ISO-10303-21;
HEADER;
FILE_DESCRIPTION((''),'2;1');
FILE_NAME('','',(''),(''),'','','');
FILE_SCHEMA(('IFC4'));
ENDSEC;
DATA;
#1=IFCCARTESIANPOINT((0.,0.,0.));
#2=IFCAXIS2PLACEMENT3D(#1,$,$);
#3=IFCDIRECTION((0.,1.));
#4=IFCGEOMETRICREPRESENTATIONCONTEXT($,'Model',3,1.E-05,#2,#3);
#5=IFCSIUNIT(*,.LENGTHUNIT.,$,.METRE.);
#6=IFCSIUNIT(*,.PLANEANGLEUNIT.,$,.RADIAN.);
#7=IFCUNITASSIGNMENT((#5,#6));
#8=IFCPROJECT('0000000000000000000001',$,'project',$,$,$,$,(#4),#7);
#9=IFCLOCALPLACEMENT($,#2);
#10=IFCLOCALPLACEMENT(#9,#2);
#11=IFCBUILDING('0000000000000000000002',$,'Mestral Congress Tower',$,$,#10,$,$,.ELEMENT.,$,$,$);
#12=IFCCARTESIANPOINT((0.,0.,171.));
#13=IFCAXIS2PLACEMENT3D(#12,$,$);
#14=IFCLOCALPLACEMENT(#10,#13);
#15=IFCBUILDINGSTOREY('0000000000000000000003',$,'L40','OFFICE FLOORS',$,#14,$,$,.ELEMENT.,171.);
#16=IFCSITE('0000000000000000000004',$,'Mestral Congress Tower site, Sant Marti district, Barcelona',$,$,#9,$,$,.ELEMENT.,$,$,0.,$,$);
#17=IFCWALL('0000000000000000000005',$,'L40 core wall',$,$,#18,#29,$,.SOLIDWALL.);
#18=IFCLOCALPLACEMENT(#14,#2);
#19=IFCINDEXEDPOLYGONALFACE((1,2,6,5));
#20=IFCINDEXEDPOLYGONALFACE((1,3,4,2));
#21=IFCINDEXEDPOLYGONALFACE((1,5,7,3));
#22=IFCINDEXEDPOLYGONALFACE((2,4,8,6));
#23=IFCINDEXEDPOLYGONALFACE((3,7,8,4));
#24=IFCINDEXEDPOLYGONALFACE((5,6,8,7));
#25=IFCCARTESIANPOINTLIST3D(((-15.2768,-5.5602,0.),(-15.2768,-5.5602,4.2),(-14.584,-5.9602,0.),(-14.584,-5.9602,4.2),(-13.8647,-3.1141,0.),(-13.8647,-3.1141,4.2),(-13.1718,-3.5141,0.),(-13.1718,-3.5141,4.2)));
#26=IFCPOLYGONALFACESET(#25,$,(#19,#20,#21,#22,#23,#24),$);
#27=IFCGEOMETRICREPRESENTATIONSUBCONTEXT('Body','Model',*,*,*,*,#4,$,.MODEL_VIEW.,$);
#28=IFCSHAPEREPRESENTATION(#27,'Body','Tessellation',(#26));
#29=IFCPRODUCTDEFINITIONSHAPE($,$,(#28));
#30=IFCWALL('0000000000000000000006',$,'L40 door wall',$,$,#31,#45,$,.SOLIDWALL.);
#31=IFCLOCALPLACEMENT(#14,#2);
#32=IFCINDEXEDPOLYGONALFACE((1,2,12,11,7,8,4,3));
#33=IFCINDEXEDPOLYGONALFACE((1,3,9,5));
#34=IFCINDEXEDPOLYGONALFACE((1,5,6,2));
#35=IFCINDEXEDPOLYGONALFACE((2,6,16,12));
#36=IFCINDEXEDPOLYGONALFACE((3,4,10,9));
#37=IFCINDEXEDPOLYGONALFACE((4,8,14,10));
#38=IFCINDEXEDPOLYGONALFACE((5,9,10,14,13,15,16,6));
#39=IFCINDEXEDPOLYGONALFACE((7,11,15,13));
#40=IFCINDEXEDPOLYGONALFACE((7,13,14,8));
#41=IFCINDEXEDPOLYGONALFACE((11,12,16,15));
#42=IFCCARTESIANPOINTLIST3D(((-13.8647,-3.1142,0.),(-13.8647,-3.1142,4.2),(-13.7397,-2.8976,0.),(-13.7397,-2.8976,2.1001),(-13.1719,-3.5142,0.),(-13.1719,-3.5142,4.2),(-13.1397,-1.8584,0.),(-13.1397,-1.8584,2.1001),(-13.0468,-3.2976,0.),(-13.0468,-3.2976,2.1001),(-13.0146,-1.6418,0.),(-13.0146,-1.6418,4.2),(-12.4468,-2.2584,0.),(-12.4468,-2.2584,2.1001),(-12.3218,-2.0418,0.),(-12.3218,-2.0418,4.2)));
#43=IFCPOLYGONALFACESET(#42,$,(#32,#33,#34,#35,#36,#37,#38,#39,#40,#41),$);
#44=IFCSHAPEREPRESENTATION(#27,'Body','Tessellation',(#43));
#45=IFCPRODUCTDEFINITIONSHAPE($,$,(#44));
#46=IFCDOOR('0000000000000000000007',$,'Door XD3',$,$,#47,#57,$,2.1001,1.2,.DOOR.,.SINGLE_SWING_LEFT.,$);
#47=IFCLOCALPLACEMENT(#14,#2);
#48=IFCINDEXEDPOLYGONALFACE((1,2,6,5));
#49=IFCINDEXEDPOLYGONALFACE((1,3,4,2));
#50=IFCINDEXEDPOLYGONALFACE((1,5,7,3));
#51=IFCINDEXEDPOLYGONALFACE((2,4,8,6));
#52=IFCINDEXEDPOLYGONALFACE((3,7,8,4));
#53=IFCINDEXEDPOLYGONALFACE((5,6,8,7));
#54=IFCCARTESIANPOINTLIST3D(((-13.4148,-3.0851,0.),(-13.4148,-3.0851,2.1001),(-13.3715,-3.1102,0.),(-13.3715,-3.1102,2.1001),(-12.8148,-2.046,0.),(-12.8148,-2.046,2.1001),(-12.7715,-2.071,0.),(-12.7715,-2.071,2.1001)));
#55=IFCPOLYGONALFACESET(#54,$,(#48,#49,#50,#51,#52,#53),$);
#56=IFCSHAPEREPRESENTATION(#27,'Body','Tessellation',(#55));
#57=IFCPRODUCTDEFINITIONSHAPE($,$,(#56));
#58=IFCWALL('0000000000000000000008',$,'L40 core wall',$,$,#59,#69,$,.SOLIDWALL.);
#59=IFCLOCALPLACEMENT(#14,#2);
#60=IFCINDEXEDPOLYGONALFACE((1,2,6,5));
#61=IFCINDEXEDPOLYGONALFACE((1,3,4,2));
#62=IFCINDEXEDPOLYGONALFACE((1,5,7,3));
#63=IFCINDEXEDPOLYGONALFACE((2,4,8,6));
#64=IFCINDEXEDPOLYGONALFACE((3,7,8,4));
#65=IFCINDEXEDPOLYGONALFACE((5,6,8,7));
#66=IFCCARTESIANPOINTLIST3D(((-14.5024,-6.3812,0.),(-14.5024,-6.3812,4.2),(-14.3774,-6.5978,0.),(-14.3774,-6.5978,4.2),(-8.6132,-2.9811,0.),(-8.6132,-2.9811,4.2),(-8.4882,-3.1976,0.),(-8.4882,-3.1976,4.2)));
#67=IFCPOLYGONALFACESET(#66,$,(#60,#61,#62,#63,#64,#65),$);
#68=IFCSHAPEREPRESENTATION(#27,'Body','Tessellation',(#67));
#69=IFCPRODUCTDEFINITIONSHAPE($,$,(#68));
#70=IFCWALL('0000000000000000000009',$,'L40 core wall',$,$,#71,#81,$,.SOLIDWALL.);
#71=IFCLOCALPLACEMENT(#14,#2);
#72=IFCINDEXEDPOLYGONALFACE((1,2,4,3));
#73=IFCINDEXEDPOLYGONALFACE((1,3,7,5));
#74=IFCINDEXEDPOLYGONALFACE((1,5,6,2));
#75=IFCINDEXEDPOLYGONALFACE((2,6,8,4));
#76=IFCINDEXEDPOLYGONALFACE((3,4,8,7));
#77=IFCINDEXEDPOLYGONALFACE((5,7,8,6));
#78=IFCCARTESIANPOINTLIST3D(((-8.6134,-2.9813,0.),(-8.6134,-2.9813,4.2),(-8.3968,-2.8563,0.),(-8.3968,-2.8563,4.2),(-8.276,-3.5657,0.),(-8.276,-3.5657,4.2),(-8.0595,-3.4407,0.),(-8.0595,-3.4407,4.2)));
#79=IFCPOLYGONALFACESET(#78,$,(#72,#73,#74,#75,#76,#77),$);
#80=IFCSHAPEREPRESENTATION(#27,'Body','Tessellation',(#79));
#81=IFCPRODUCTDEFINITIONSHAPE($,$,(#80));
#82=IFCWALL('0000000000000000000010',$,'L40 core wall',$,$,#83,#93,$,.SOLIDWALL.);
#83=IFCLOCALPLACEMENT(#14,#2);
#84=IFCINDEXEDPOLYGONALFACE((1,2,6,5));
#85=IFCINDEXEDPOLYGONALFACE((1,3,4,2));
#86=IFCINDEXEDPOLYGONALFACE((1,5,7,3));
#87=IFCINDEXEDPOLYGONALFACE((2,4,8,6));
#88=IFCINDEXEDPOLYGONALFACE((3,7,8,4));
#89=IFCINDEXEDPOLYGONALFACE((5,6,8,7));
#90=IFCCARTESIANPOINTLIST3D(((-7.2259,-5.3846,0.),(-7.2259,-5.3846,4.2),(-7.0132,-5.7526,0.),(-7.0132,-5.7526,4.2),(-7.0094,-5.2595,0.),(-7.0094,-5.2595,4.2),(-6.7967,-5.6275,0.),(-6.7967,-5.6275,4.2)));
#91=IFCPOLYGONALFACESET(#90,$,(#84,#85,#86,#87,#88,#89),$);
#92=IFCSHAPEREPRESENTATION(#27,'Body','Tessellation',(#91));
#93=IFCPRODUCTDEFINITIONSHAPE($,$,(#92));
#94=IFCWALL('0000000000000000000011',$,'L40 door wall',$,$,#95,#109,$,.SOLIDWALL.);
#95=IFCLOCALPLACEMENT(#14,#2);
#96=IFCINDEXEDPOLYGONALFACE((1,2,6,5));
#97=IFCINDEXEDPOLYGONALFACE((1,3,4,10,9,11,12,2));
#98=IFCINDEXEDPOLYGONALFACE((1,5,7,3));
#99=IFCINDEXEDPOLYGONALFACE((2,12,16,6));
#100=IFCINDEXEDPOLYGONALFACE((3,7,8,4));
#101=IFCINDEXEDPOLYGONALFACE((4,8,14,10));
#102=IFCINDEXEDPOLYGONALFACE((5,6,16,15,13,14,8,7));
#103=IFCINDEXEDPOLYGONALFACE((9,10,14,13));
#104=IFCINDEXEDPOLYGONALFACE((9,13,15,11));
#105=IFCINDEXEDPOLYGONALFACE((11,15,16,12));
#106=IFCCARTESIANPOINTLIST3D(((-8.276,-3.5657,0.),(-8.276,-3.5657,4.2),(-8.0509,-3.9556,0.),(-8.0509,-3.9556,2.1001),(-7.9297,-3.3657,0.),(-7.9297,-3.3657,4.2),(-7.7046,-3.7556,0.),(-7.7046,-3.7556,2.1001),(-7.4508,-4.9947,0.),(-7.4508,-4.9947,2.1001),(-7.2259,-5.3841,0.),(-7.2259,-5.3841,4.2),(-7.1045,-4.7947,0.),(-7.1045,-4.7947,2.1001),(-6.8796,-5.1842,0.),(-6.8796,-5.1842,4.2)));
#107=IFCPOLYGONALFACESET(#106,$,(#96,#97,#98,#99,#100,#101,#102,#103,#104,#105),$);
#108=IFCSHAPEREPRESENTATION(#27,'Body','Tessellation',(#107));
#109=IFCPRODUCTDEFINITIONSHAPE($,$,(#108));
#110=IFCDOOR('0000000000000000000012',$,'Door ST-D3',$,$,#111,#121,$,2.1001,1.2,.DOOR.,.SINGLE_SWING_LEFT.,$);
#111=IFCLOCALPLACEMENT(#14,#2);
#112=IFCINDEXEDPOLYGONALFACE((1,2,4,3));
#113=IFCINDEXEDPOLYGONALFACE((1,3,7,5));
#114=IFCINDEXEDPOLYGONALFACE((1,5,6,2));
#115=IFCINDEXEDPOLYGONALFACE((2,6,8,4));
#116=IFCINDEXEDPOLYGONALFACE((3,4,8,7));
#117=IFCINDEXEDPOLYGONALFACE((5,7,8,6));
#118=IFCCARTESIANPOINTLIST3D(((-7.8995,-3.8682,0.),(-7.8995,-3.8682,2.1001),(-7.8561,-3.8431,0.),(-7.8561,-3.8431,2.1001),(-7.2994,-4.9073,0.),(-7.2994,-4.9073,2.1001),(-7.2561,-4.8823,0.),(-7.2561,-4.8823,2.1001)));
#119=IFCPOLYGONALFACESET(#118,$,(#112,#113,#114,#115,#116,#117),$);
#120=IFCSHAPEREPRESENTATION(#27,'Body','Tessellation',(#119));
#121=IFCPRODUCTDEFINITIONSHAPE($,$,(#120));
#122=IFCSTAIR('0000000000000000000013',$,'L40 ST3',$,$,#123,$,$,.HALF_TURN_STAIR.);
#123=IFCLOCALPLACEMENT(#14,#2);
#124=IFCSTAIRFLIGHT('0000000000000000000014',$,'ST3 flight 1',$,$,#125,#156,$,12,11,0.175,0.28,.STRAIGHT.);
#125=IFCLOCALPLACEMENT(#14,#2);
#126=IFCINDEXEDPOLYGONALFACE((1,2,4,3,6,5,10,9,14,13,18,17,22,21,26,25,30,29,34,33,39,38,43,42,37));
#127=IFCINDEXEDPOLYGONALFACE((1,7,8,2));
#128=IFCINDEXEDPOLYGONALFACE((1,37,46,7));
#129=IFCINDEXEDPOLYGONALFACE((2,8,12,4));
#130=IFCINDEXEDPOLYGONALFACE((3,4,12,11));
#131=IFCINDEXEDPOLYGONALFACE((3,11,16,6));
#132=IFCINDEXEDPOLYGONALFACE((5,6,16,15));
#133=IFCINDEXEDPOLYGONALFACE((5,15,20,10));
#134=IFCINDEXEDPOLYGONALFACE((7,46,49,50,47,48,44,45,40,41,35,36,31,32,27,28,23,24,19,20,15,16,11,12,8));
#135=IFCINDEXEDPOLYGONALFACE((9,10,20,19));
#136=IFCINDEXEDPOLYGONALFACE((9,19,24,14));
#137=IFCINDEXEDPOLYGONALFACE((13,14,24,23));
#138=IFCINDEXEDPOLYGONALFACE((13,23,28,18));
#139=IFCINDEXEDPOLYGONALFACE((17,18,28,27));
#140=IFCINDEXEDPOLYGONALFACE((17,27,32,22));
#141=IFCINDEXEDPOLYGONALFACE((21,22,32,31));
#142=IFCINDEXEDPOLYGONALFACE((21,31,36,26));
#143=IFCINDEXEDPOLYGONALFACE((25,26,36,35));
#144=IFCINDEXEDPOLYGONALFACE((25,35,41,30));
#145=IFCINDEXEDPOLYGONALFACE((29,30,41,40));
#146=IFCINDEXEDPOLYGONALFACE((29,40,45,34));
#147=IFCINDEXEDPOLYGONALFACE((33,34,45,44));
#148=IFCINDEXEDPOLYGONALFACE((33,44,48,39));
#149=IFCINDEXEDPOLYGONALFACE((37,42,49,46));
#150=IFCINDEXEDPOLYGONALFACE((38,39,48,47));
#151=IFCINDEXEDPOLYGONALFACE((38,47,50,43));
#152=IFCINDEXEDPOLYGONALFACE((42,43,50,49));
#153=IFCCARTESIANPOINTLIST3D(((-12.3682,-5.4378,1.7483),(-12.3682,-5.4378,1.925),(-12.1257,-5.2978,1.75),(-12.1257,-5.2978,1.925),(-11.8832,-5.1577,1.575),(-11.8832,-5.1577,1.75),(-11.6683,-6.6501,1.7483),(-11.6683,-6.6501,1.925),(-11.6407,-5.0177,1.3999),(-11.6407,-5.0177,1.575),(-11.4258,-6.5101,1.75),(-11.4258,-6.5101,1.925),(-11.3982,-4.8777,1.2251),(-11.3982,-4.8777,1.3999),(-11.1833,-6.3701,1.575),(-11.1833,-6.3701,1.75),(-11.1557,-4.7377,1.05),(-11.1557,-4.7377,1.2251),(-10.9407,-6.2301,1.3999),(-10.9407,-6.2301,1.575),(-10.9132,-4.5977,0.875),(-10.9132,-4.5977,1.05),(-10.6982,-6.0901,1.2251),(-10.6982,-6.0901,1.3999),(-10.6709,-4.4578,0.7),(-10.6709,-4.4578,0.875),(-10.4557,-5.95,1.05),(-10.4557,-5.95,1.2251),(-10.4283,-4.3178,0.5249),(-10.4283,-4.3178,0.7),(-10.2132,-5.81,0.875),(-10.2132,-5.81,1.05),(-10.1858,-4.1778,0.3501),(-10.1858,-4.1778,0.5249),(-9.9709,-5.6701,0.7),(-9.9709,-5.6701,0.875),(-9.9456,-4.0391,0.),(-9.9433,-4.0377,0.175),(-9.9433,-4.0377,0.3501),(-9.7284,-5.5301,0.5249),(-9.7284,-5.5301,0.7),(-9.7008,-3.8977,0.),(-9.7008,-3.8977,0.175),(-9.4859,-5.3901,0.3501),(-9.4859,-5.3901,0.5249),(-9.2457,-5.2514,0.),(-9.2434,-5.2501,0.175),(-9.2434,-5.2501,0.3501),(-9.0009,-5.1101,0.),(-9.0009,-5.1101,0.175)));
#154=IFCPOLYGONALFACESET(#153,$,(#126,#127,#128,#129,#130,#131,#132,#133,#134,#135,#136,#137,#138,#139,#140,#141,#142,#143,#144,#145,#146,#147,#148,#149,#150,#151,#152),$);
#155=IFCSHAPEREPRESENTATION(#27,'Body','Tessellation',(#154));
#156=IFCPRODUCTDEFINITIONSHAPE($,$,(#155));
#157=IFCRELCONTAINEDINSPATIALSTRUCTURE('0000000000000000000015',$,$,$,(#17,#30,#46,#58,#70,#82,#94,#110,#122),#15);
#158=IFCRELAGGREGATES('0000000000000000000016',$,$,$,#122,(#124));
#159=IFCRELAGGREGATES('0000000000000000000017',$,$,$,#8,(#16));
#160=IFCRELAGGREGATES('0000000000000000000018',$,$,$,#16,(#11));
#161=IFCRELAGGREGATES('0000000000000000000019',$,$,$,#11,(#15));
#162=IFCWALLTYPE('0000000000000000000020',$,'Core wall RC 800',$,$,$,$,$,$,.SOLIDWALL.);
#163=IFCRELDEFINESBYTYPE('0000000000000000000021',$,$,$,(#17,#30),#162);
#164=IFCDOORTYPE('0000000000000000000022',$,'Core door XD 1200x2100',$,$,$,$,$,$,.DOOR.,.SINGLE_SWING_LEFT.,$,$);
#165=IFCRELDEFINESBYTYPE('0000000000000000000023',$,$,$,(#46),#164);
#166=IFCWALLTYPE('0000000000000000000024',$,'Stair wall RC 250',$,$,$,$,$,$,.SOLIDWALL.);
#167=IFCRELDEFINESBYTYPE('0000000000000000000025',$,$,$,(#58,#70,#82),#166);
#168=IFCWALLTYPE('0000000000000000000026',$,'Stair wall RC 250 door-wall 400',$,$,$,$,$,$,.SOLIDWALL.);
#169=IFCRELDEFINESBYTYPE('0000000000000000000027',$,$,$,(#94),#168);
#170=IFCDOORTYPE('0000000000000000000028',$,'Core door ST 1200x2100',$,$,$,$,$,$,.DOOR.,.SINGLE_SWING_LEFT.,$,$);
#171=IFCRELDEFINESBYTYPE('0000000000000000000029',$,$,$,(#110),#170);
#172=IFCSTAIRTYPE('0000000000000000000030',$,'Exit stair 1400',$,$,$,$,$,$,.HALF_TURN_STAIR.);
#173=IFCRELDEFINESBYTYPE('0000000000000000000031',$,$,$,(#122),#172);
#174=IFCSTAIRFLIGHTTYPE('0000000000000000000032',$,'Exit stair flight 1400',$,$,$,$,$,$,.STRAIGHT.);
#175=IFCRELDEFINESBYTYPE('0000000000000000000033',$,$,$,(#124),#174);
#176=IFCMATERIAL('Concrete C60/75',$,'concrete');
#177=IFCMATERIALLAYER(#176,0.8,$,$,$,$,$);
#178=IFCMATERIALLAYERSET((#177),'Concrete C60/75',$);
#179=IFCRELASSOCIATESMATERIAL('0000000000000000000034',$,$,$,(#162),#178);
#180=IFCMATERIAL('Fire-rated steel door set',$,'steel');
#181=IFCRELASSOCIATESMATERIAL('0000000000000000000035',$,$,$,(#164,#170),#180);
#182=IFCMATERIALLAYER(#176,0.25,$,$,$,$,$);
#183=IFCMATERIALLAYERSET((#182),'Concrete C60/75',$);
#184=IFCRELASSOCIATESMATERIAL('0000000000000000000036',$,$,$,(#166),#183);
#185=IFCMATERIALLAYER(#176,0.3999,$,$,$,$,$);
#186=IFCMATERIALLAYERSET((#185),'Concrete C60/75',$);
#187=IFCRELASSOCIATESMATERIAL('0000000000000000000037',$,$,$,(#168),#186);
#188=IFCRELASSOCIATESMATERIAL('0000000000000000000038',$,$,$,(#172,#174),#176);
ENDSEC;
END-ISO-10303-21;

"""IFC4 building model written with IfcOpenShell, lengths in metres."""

from ifc_helpers import new_model, si_unit, direction, frame, frame_2d, origin, place, context, subcontext, project, spatial, polyline, rectangle, outline, extrude, material, layer, layer_set, type_object, element, fill, aggregate, save


model = new_model("IFC4")

# Units and contexts
model_context = context("Model", 3, precision=1e-05, world=origin(), true_north=direction((0.0, 1.0)))
body_context = subcontext(model_context, "Body", "Model", "MODEL_VIEW")
ifc_project = project(units=[si_unit("LENGTHUNIT", "METRE"), si_unit("PLANEANGLEUNIT", "RADIAN")], contexts=[model_context])

# Site, building, storey
site_placement = place(None, origin())
site = spatial("IfcSite", under=ifc_project, at=site_placement, Name="Mestral Congress Tower site, Sant Marti district, Barcelona", CompositionType="ELEMENT", RefElevation=0.0)
building_placement = place(site_placement, origin())
building = spatial("IfcBuilding", under=site, at=building_placement, Name="Mestral Congress Tower", CompositionType="ELEMENT")
storey_placement = place(building_placement, frame((0.0, 0.0, 171.0)))
storey = spatial("IfcBuildingStorey", under=building, at=storey_placement, Name="L40", Description="OFFICE FLOORS", CompositionType="ELEMENT", Elevation=171.0)

# Wall
ifc_material_1 = material(Name="Concrete C60/75", Category="concrete")
ifc_layer_1 = layer(ifc_material_1, 0.8)
ifc_layer_set_1 = layer_set([ifc_layer_1], Name="Concrete C60/75")
wall_type_1 = type_object("IfcWallType", Name="Core wall RC 800", PredefinedType="SOLIDWALL", material=ifc_layer_set_1)
wall_1_placement = place(storey_placement, frame((-13.5183, -3.3142, 0.0), z_axis=(0.0, 0.0, 1.0), x_axis=(-0.499969, -0.866043, 0.0)))
element("IfcWall", 1, at=wall_1_placement, inside=storey, type_object=wall_type_1, Name="L40 core wall", PredefinedType="SOLIDWALL", context=body_context, shape_type="SweptSolid", body=[
    extrude(rectangle(XDim=2.8245, YDim=0.8, at=frame_2d((1.4121, 0.0))), origin(), (0.0, 0.0, 1.0), 4.2),
])

# Wall, opening, door
wall_2_placement = place(storey_placement, frame((-13.5183, -3.3142, 0.0), z_axis=(0.0, 0.0, 1.0), x_axis=(0.5, 0.866025, 0.0)))
wall_2 = element("IfcWall", 2, at=wall_2_placement, inside=storey, type_object=wall_type_1, Name="L40 door wall", PredefinedType="SOLIDWALL", context=body_context, shape_type="SweptSolid", body=[
    extrude(rectangle(XDim=1.7002, YDim=0.8, at=frame_2d((0.8501, 0.0))), origin(), (0.0, 0.0, 1.0), 4.2),
])
opening_1_placement = place(wall_2_placement, frame((0.25, 0.0, 0.0)))
opening_1 = element("IfcOpeningElement", 3, at=opening_1_placement, cuts=wall_2, PredefinedType="OPENING", context=body_context, shape_type="SweptSolid", body=[
    extrude(rectangle(XDim=1.2, YDim=2.1001, at=frame_2d((0.6001, 1.05))), frame((0.0, 0.4099, 0.0), z_axis=(0.0, -1.0, 0.0), x_axis=(1.0, 0.0, 0.0)), (0.0, 0.0, 1.0), 0.8201),
])
ifc_material_2 = material(Name="Fire-rated steel door set", Category="steel")
door_type_1 = type_object("IfcDoorType", Name="Core door XD 1200x2100", OperationType="SINGLE_SWING_LEFT", PredefinedType="DOOR", material=ifc_material_2)
door_1_placement = place(opening_1_placement, origin())
door_1 = element("IfcDoor", 4, at=door_1_placement, inside=storey, type_object=door_type_1, Name="Door XD3", OperationType="SINGLE_SWING_LEFT", OverallHeight=2.1001, OverallWidth=1.2, PredefinedType="DOOR", context=body_context, shape_type="SweptSolid", body=[
    extrude(rectangle(XDim=1.2, YDim=2.1001, at=frame_2d((0.6001, 1.05))), frame((0.0, 0.0249, 0.0), z_axis=(0.0, -1.0, 0.0), x_axis=(1.0, 0.0, 0.0)), (0.0, 0.0, 1.0), 0.05),
])
fill(opening_1, door_1)

# Walls
ifc_layer_2 = layer(ifc_material_1, 0.25)
ifc_layer_set_2 = layer_set([ifc_layer_2], Name="Concrete C60/75")
wall_type_2 = type_object("IfcWallType", Name="Stair wall RC 250", PredefinedType="SOLIDWALL", material=ifc_layer_set_2)
wall_3_placement = place(storey_placement, frame((-14.4399, -6.4895, 0.0), z_axis=(0.0, 0.0, 1.0), x_axis=(0.866023, 0.500004, 0.0)))
element("IfcWall", 5, at=wall_3_placement, inside=storey, type_object=wall_type_2, Name="L40 core wall", PredefinedType="SOLIDWALL", context=body_context, shape_type="SweptSolid", body=[
    extrude(rectangle(XDim=6.8003, YDim=0.25, at=frame_2d((3.4001, 0.0))), origin(), (0.0, 0.0, 1.0), 4.2),
])
wall_4_placement = place(storey_placement, frame((-8.1677, -3.5032, 0.0), z_axis=(0.0, 0.0, 1.0), x_axis=(-0.499952, 0.866053, 0.0)))
element("IfcWall", 6, at=wall_4_placement, inside=storey, type_object=wall_type_2, Name="L40 core wall", PredefinedType="SOLIDWALL", context=body_context, shape_type="SweptSolid", body=[
    extrude(rectangle(XDim=0.6748, YDim=0.25, at=frame_2d((0.3374, 0.0))), origin(), (0.0, 0.0, 1.0), 4.2),
])
wall_5_placement = place(storey_placement, frame((-6.905, -5.6899, 0.0), z_axis=(0.0, 0.0, 1.0), x_axis=(-0.500402, 0.865793, 0.0)))
element("IfcWall", 7, at=wall_5_placement, inside=storey, type_object=wall_type_2, Name="L40 core wall", PredefinedType="SOLIDWALL", context=body_context, shape_type="SweptSolid", body=[
    extrude(rectangle(XDim=0.425, YDim=0.25, at=frame_2d((0.2124, 0.0))), origin(), (0.0, 0.0, 1.0), 4.2),
])

# Wall, opening, door
ifc_layer_3 = layer(ifc_material_1, 0.3999)
ifc_layer_set_3 = layer_set([ifc_layer_3], Name="Concrete C60/75")
wall_type_3 = type_object("IfcWallType", Name="Stair wall RC 250 door-wall 400", PredefinedType="SOLIDWALL", material=ifc_layer_set_3)
wall_6_placement = place(storey_placement, frame((-8.1028, -3.4658, 0.0), z_axis=(0.0, 0.0, 1.0), x_axis=(0.500078, -0.86598, 0.0)))
wall_6 = element("IfcWall", 8, at=wall_6_placement, inside=storey, type_object=wall_type_3, Name="L40 door wall", PredefinedType="SOLIDWALL", context=body_context, shape_type="SweptSolid", body=[
    extrude(rectangle(XDim=2.0999, YDim=0.3999, at=frame_2d((1.0498, 0.0))), origin(), (0.0, 0.0, 1.0), 4.2),
])
opening_2_placement = place(wall_6_placement, frame((0.45, 0.0, 0.0)))
opening_2 = element("IfcOpeningElement", 9, at=opening_2_placement, cuts=wall_6, PredefinedType="OPENING", context=body_context, shape_type="SweptSolid", body=[
    extrude(rectangle(XDim=1.2, YDim=2.1001, at=frame_2d((0.6001, 1.05))), frame((0.0, 0.21, 0.0), z_axis=(0.0, -1.0, 0.0), x_axis=(1.0, 0.0, 0.0)), (0.0, 0.0, 1.0), 0.4199),
])
door_type_2 = type_object("IfcDoorType", Name="Core door ST 1200x2100", OperationType="SINGLE_SWING_LEFT", PredefinedType="DOOR", material=ifc_material_2)
door_2_placement = place(opening_2_placement, origin())
door_2 = element("IfcDoor", 10, at=door_2_placement, inside=storey, type_object=door_type_2, Name="Door ST-D3", OperationType="SINGLE_SWING_LEFT", OverallHeight=2.1001, OverallWidth=1.2, PredefinedType="DOOR", context=body_context, shape_type="SweptSolid", body=[
    extrude(rectangle(XDim=1.2, YDim=2.1001, at=frame_2d((0.6001, 1.05))), frame((0.0, 0.0249, 0.0), z_axis=(0.0, -1.0, 0.0), x_axis=(1.0, 0.0, 0.0)), (0.0, 0.0, 1.0), 0.05),
])
fill(opening_2, door_2)

# Stair, stair flight
stair_type = type_object("IfcStairType", Name="Exit stair 1400", PredefinedType="HALF_TURN_STAIR", material=ifc_material_1)
stair_placement = place(storey_placement, origin())
stair = element("IfcStair", 11, at=stair_placement, inside=storey, type_object=stair_type, Name="L40 ST3", PredefinedType="HALF_TURN_STAIR")
stair_flight_type = type_object("IfcStairFlightType", Name="Exit stair flight 1400", PredefinedType="STRAIGHT", material=ifc_material_1)
stair_flight_placement = place(storey_placement, frame((-9.3508, -4.5039, 0.0), z_axis=(0.0, 0.0, 1.0), x_axis=(-0.866025, -0.5, 0.0)))
stair_flight = element("IfcStairFlight", 12, at=stair_flight_placement, type_object=stair_flight_type, Name="ST3 flight 1", NumberOfRisers=12, NumberOfTreads=11, PredefinedType="STRAIGHT", RiserHeight=0.175, TreadLength=0.28, context=body_context, shape_type="SweptSolid", body=[
    extrude(outline(polyline([(0.0, 0.0), (0.0, 0.175), (0.28, 0.175), (0.28, 0.3501), (0.5601, 0.3501), (0.5601, 0.5249), (0.8401, 0.5249), (0.8401, 0.7), (1.1201, 0.7), (1.1201, 0.875), (1.3999, 0.875), (1.3999, 1.05), (1.6799, 1.05), (1.6799, 1.2251), (1.96, 1.2251), (1.96, 1.3999), (2.24, 1.3999), (2.24, 1.575), (2.52, 1.575), (2.52, 1.75), (2.8, 1.75), (2.8, 1.925), (3.0801, 1.925), (3.0801, 2.1001), (3.0801, 1.7483), (0.2827, 0.0), (0.0, 0.0)])), frame((0.0, 0.7, 0.0), z_axis=(0.0, -1.0, 0.0), x_axis=(1.0, 0.0, 0.0)), (0.0, 0.0, 1.0), 1.3999),
])
aggregate(stair, [stair_flight])

save(model, "model.ifc")
